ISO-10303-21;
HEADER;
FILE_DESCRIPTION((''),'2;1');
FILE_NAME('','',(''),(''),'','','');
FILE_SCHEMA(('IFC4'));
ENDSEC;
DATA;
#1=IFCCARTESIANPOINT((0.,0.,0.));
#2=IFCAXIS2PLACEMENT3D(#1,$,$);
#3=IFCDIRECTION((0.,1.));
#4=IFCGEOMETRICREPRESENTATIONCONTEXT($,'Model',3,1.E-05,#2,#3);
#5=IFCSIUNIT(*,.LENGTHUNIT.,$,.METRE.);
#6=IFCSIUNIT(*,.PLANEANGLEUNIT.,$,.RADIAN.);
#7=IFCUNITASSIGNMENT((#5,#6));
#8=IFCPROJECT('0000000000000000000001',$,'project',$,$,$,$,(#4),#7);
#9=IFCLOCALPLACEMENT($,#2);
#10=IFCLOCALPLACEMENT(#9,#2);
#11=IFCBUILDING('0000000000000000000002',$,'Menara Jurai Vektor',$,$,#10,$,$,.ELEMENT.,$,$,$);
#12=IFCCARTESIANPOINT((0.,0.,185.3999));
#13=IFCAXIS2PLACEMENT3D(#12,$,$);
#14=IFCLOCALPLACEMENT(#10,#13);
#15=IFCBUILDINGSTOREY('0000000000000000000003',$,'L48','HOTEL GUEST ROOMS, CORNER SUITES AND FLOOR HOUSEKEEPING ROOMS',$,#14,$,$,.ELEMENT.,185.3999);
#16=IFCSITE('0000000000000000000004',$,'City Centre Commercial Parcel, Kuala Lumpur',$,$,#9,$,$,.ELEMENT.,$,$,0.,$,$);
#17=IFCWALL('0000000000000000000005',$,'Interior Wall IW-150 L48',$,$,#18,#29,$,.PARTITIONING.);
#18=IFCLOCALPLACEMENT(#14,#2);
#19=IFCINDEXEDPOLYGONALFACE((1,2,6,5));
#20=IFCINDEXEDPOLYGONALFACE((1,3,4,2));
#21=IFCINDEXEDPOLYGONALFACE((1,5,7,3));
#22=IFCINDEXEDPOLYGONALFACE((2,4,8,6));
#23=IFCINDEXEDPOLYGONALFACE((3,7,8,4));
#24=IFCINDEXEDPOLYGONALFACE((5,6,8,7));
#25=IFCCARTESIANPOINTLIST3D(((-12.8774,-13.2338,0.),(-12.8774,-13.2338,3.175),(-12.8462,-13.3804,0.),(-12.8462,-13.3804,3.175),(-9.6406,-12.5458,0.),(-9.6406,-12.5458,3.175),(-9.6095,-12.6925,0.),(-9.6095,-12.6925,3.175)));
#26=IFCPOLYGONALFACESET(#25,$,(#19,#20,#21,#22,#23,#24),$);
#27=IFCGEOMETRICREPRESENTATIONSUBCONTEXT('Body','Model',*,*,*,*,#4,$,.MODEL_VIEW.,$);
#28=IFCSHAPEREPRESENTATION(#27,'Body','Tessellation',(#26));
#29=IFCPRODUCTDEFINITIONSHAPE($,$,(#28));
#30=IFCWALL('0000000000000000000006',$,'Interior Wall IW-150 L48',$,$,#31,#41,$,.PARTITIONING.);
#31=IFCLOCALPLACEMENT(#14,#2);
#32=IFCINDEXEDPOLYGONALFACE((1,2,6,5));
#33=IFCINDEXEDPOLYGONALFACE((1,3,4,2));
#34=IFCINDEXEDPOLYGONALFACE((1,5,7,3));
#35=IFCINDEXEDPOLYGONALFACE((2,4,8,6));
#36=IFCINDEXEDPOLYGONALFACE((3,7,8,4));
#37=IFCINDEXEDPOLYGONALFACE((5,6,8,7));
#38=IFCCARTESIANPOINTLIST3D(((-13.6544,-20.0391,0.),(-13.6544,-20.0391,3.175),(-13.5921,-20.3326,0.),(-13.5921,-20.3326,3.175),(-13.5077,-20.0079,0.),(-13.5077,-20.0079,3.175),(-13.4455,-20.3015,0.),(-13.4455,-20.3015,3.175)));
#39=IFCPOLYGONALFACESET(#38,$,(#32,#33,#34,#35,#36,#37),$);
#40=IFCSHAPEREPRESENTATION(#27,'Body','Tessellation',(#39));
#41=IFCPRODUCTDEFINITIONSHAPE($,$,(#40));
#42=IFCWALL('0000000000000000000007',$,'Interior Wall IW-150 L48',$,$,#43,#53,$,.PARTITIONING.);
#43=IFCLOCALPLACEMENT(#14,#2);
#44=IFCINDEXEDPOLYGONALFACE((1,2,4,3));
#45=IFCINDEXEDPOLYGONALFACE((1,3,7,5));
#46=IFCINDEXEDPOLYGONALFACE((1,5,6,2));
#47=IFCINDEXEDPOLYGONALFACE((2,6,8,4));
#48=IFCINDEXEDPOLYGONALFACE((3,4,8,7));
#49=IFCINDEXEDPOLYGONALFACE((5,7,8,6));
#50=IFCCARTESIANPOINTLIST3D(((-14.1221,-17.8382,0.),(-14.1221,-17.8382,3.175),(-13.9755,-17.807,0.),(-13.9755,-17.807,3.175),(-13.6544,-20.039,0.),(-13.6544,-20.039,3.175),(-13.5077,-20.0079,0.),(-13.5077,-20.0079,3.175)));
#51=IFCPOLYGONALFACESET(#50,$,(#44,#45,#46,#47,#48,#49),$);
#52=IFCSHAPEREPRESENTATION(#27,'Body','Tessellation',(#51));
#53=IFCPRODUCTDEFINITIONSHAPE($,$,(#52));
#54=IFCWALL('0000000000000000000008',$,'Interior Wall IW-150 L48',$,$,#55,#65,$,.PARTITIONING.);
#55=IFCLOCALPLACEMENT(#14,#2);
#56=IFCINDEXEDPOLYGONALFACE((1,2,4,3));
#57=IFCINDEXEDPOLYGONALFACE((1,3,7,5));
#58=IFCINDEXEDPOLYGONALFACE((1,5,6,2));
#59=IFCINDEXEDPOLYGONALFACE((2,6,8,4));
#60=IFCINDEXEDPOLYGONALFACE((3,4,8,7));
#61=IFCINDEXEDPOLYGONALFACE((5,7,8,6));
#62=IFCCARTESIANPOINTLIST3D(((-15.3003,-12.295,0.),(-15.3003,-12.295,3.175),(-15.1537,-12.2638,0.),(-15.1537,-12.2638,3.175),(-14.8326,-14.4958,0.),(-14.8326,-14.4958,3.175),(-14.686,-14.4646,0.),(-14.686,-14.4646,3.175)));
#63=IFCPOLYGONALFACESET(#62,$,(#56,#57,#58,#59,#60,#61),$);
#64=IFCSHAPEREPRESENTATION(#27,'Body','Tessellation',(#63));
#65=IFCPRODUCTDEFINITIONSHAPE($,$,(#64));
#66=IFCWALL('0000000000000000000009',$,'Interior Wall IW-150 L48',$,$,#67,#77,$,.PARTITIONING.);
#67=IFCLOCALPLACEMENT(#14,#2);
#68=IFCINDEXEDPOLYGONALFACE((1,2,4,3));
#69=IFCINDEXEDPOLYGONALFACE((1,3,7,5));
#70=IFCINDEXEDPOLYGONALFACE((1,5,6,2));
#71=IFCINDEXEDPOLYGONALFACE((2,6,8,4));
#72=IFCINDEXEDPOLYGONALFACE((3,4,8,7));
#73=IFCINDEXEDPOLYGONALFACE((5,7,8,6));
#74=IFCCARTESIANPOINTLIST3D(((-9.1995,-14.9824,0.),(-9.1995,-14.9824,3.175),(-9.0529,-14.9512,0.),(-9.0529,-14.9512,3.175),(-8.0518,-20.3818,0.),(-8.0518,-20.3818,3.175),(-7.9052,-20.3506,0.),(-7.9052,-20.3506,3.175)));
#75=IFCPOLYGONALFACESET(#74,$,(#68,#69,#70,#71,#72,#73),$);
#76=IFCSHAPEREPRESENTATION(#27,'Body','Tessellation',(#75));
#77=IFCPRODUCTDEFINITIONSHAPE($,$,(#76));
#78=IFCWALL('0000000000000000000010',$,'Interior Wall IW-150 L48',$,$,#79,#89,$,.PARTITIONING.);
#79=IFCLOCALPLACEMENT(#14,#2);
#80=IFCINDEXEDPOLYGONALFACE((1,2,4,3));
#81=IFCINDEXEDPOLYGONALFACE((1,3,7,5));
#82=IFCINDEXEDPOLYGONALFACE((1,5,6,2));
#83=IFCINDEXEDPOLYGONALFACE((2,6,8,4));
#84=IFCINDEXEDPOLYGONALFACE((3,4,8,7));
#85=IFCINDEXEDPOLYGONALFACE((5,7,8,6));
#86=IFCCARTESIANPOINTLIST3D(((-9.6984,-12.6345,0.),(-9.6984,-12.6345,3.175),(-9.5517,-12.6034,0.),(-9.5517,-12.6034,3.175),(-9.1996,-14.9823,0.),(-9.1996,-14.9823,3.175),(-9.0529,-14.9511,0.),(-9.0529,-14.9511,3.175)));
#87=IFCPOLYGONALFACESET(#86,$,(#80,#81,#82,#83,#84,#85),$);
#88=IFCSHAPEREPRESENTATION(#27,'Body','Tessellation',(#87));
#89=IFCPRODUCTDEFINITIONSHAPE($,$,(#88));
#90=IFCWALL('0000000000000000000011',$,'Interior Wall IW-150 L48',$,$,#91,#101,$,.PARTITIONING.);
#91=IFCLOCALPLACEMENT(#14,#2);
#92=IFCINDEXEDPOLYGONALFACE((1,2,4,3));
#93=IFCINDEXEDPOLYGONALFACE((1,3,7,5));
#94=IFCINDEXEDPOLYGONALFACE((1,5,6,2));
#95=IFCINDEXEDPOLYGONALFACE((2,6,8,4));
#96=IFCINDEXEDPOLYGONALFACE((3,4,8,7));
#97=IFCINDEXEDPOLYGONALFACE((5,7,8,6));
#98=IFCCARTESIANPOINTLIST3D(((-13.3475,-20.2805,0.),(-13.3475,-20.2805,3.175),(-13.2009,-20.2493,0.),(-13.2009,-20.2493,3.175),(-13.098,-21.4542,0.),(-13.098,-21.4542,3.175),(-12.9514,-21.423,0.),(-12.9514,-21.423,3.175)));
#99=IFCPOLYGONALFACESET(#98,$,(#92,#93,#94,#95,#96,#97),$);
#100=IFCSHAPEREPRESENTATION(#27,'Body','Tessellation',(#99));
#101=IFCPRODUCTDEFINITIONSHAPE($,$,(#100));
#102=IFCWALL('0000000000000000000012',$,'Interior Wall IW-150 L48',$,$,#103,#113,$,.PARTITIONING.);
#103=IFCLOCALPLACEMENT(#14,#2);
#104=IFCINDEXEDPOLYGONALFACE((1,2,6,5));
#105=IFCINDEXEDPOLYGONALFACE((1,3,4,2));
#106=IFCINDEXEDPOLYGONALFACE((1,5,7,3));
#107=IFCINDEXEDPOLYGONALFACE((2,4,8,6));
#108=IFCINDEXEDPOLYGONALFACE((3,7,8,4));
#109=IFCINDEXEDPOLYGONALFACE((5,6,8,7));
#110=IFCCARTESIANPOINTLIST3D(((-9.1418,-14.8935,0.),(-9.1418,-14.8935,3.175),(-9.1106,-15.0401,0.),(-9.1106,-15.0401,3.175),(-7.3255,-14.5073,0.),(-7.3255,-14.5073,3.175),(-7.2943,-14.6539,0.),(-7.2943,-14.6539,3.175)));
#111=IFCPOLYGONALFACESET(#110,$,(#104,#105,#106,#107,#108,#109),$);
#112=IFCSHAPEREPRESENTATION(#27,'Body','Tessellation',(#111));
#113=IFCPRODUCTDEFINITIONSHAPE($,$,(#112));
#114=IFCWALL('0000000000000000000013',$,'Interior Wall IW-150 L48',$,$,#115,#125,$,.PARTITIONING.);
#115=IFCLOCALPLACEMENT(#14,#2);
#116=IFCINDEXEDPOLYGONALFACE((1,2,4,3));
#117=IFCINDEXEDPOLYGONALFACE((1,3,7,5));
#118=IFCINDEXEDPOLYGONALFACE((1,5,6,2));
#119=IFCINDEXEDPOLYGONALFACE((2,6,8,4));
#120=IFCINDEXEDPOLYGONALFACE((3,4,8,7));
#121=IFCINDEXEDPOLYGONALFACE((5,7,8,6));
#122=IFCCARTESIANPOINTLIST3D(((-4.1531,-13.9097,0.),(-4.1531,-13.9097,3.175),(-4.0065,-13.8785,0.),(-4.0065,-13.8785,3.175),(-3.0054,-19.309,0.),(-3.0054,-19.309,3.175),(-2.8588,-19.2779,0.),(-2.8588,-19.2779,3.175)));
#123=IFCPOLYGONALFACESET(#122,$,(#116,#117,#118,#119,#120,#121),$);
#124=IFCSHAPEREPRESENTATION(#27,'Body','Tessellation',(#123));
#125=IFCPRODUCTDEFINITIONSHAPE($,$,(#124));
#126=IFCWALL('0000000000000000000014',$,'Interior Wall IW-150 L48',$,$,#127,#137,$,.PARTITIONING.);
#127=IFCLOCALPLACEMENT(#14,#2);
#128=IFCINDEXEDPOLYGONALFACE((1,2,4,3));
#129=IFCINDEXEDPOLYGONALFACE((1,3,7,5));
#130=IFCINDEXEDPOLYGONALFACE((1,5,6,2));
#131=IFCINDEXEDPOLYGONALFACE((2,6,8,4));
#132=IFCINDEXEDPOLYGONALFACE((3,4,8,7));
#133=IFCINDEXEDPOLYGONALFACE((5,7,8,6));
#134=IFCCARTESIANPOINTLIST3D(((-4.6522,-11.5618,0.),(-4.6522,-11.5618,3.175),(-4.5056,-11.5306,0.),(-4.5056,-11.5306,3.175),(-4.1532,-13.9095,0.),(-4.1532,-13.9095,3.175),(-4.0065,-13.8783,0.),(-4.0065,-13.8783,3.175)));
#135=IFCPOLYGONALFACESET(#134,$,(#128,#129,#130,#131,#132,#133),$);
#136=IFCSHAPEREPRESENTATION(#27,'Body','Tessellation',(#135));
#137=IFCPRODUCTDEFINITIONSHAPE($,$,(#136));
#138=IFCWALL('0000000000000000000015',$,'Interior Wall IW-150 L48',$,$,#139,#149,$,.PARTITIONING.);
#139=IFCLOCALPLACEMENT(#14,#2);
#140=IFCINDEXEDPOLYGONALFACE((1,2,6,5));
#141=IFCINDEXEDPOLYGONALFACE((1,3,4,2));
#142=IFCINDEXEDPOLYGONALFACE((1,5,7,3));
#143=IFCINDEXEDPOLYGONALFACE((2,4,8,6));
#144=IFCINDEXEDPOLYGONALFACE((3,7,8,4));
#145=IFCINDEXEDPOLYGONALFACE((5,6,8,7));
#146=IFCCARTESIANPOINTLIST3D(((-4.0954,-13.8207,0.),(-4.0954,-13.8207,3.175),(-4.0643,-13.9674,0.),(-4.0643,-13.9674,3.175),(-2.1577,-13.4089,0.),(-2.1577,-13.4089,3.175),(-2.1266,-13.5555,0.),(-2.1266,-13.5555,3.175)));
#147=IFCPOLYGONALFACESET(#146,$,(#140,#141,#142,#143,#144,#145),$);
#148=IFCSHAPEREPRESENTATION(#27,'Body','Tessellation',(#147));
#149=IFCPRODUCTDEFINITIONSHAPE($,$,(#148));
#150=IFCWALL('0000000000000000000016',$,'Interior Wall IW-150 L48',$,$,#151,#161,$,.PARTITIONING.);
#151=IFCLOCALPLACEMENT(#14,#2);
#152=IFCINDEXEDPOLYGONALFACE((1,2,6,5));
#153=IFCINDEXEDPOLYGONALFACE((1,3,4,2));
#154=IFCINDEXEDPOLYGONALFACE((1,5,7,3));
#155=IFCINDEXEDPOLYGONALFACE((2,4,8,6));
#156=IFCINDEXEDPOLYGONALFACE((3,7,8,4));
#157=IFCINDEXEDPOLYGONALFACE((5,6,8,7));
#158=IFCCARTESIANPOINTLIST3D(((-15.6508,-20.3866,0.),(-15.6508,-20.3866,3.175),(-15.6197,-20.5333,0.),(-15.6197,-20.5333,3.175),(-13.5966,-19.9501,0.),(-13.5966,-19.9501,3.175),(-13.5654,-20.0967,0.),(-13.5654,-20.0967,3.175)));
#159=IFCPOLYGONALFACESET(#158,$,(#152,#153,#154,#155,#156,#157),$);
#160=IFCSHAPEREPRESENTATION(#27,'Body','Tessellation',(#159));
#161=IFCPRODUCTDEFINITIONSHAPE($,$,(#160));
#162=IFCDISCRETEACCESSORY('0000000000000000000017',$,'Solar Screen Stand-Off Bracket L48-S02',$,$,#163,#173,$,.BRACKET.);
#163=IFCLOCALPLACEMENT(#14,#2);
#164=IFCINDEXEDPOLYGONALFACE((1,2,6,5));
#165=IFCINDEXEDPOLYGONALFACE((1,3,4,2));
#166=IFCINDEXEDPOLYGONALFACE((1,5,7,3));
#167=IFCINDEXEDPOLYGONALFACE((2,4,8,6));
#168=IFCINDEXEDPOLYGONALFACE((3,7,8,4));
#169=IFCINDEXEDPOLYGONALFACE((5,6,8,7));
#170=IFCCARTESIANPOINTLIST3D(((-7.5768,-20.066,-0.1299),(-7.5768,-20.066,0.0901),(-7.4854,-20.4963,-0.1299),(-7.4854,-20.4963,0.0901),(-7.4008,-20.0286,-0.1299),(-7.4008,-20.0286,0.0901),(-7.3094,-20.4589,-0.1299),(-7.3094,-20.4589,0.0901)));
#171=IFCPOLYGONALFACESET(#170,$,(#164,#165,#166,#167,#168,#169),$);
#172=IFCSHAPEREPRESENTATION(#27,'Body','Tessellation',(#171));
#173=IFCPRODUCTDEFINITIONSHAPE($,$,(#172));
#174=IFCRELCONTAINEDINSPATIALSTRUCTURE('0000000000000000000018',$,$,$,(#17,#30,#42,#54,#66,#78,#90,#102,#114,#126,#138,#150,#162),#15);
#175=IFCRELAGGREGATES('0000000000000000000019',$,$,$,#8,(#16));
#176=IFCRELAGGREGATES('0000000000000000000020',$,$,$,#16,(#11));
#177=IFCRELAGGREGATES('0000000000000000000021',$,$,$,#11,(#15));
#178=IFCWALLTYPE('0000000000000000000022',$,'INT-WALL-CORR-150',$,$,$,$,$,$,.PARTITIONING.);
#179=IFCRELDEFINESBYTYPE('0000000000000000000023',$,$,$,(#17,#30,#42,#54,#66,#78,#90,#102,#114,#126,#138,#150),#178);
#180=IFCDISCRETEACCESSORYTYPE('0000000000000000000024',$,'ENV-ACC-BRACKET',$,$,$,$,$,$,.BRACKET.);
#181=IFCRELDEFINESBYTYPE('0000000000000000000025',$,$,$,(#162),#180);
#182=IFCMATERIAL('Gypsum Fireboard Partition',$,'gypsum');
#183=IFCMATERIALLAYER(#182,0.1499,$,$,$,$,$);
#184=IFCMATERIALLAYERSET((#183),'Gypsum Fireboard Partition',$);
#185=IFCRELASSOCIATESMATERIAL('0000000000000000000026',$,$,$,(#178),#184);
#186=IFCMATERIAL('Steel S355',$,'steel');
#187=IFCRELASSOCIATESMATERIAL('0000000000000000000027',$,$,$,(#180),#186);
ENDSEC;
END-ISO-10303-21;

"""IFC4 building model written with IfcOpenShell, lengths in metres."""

from ifc_helpers import new_model, si_unit, direction, frame, frame_2d, origin, origin_2d, place, context, subcontext, project, spatial, rectangle, extrude, material, layer, layer_set, type_object, element, save


model = new_model("IFC4")

# Units and contexts
model_context = context("Model", 3, precision=1e-05, world=origin(), true_north=direction((0.0, 1.0)))
body_context = subcontext(model_context, "Body", "Model", "MODEL_VIEW")
ifc_project = project(units=[si_unit("LENGTHUNIT", "METRE"), si_unit("PLANEANGLEUNIT", "RADIAN")], contexts=[model_context])

# Site, building, storey
site_placement = place(None, origin())
site = spatial("IfcSite", under=ifc_project, at=site_placement, Name="City Centre Commercial Parcel, Kuala Lumpur", CompositionType="ELEMENT", RefElevation=0.0)
building_placement = place(site_placement, origin())
building = spatial("IfcBuilding", under=site, at=building_placement, Name="Menara Jurai Vektor", CompositionType="ELEMENT")
storey_placement = place(building_placement, frame((0.0, 0.0, 185.3999)))
storey = spatial("IfcBuildingStorey", under=building, at=storey_placement, Name="L48", Description="HOTEL GUEST ROOMS, CORNER SUITES AND FLOOR HOUSEKEEPING ROOMS", CompositionType="ELEMENT", Elevation=185.3999)

# Shared definitions
ifc_material_1 = material(Name="Steel S355", Category="steel")

# Shared definitions
ifc_material_2 = material(Name="Gypsum Fireboard Partition", Category="gypsum")
ifc_layer_1 = layer(ifc_material_2, 0.1499)
ifc_layer_set_1 = layer_set([ifc_layer_1], Name="Gypsum Fireboard Partition")
wall_type = type_object("IfcWallType", Name="INT-WALL-CORR-150", PredefinedType="PARTITIONING", material=ifc_layer_set_1)

# Walls
wall_1_placement = place(storey_placement, frame((-12.8618, -13.3071, 0.0), z_axis=(0.0, 0.0, 1.0), x_axis=(0.978149, 0.207906, 0.0)))
element("IfcWall", 1, at=wall_1_placement, inside=storey, type_object=wall_type, Name="Interior Wall IW-150 L48", PredefinedType="PARTITIONING", context=body_context, shape_type="SweptSolid", body=[
    extrude(rectangle(XDim=3.3091, YDim=0.1499, at=frame_2d((1.6545, 0.0))), origin(), (0.0, 0.0, 1.0), 3.175),
])
wall_2_placement = place(storey_placement, frame((-13.5188, -20.3169, 0.0), z_axis=(0.0, 0.0, 1.0), x_axis=(-0.207528, 0.978229, 0.0)))
element("IfcWall", 2, at=wall_2_placement, inside=storey, type_object=wall_type, Name="Interior Wall IW-150 L48", PredefinedType="PARTITIONING", context=body_context, shape_type="SweptSolid", body=[
    extrude(rectangle(XDim=0.3, YDim=0.1499, at=frame_2d((0.1499, 0.0))), origin(), (0.0, 0.0, 1.0), 3.175),
])

# Walls
for number, where, z_axis, x_axis, name in (
    (3, (-13.5811, -20.0234, 0.0), (0.0, 0.0, 1.0), (-0.207891, 0.978152, 0.0), "Interior Wall IW-150 L48"),
    (4, (-14.7593, -14.4802, 0.0), (0.0, 0.0, 1.0), (-0.207891, 0.978152, 0.0), "Interior Wall IW-150 L48"),
):
    element("IfcWall", number, at=place(storey_placement, frame(where, z_axis=z_axis, x_axis=x_axis)), inside=storey, type_object=wall_type, Name=name, PredefinedType="PARTITIONING", context=body_context, shape_type="SweptSolid", body=[
        extrude(rectangle(XDim=2.25, YDim=0.1499, at=frame_2d((1.125, 0.0))), origin(), (0.0, 0.0, 1.0), 3.175),
    ])
wall_3_placement = place(storey_placement, frame((-7.9785, -20.3662, 0.0), z_axis=(0.0, 0.0, 1.0), x_axis=(-0.207916, 0.978147, 0.0)))
element("IfcWall", 5, at=wall_3_placement, inside=storey, type_object=wall_type, Name="Interior Wall IW-150 L48", PredefinedType="PARTITIONING", context=body_context, shape_type="SweptSolid", body=[
    extrude(rectangle(XDim=5.52, YDim=0.1499, at=frame_2d((2.76, 0.0))), origin(), (0.0, 0.0, 1.0), 3.175),
])
wall_4_placement = place(storey_placement, frame((-9.1262, -14.9668, 0.0), z_axis=(0.0, 0.0, 1.0), x_axis=(-0.20782, 0.978167, 0.0)))
element("IfcWall", 6, at=wall_4_placement, inside=storey, type_object=wall_type, Name="Interior Wall IW-150 L48", PredefinedType="PARTITIONING", context=body_context, shape_type="SweptSolid", body=[
    extrude(rectangle(XDim=2.4001, YDim=0.1499, at=frame_2d((1.2002, 0.0))), origin(), (0.0, 0.0, 1.0), 3.175),
])
wall_5_placement = place(storey_placement, frame((-13.0247, -21.4387, 0.0), z_axis=(0.0, 0.0, 1.0), x_axis=(-0.207917, 0.978146, 0.0)))
element("IfcWall", 7, at=wall_5_placement, inside=storey, type_object=wall_type, Name="Interior Wall IW-150 L48", PredefinedType="PARTITIONING", context=body_context, shape_type="SweptSolid", body=[
    extrude(rectangle(XDim=1.2, YDim=0.1499, at=frame_2d((0.6001, 0.0))), origin(), (0.0, 0.0, 1.0), 3.175),
])
wall_6_placement = place(storey_placement, frame((-9.1262, -14.9668, 0.0), z_axis=(0.0, 0.0, 1.0), x_axis=(0.978132, 0.207985, 0.0)))
element("IfcWall", 8, at=wall_6_placement, inside=storey, type_object=wall_type, Name="Interior Wall IW-150 L48", PredefinedType="PARTITIONING", context=body_context, shape_type="SweptSolid", body=[
    extrude(rectangle(XDim=1.8569, YDim=0.1499, at=frame_2d((0.9285, 0.0))), origin(), (0.0, 0.0, 1.0), 3.175),
])

# Walls
wall_7_placement = place(storey_placement, frame((-2.9321, -19.2935, 0.0), z_axis=(0.0, 0.0, 1.0), x_axis=(-0.207916, 0.978147, 0.0)))
element("IfcWall", 9, at=wall_7_placement, inside=storey, type_object=wall_type, Name="Interior Wall IW-150 L48", PredefinedType="PARTITIONING", context=body_context, shape_type="SweptSolid", body=[
    extrude(rectangle(XDim=5.52, YDim=0.1499, at=frame_2d((2.76, 0.0))), origin(), (0.0, 0.0, 1.0), 3.175),
])
wall_8_placement = place(storey_placement, frame((-4.0798, -13.894, 0.0), z_axis=(0.0, 0.0, 1.0), x_axis=(-0.207917, 0.978146, 0.0)))
element("IfcWall", 10, at=wall_8_placement, inside=storey, type_object=wall_type, Name="Interior Wall IW-150 L48", PredefinedType="PARTITIONING", context=body_context, shape_type="SweptSolid", body=[
    extrude(rectangle(XDim=2.4001, YDim=0.1499, at=frame_2d((1.2002, 0.0))), origin(), (0.0, 0.0, 1.0), 3.175),
])
wall_9_placement = place(storey_placement, frame((-4.0798, -13.894, 0.0), z_axis=(0.0, 0.0, 1.0), x_axis=(0.978149, 0.207904, 0.0)))
element("IfcWall", 11, at=wall_9_placement, inside=storey, type_object=wall_type, Name="Interior Wall IW-150 L48", PredefinedType="PARTITIONING", context=body_context, shape_type="SweptSolid", body=[
    extrude(rectangle(XDim=1.981, YDim=0.1499, at=frame_2d((0.9905, 0.0))), origin(), (0.0, 0.0, 1.0), 3.175),
])

# Wall
wall_10_placement = place(storey_placement, frame((-15.6353, -20.46, 0.0), z_axis=(0.0, 0.0, 1.0), x_axis=(0.978158, 0.207862, 0.0)))
element("IfcWall", 12, at=wall_10_placement, inside=storey, type_object=wall_type, Name="Interior Wall IW-150 L48", PredefinedType="PARTITIONING", context=body_context, shape_type="SweptSolid", body=[
    extrude(rectangle(XDim=2.1001, YDim=0.1499, at=frame_2d((1.05, 0.0))), origin(), (0.0, 0.0, 1.0), 3.175),
])

# Discrete accessory
discrete_accessory_type = type_object("IfcDiscreteAccessoryType", Name="ENV-ACC-BRACKET", PredefinedType="BRACKET", material=ifc_material_1)
discrete_accessory_placement = place(storey_placement, frame((-7.4431, -20.2625, -0.1299), z_axis=(0.0, 0.0, 1.0), x_axis=(0.978148, 0.207912, 0.0)))
element("IfcDiscreteAccessory", 13, at=discrete_accessory_placement, inside=storey, type_object=discrete_accessory_type, Name="Solar Screen Stand-Off Bracket L48-S02", PredefinedType="BRACKET", context=body_context, shape_type="SweptSolid", body=[
    extrude(rectangle(XDim=0.1799, YDim=0.4399, at=origin_2d()), origin(), (0.0, 0.0, 1.0), 0.22),
])

save(model, "model.ifc")
